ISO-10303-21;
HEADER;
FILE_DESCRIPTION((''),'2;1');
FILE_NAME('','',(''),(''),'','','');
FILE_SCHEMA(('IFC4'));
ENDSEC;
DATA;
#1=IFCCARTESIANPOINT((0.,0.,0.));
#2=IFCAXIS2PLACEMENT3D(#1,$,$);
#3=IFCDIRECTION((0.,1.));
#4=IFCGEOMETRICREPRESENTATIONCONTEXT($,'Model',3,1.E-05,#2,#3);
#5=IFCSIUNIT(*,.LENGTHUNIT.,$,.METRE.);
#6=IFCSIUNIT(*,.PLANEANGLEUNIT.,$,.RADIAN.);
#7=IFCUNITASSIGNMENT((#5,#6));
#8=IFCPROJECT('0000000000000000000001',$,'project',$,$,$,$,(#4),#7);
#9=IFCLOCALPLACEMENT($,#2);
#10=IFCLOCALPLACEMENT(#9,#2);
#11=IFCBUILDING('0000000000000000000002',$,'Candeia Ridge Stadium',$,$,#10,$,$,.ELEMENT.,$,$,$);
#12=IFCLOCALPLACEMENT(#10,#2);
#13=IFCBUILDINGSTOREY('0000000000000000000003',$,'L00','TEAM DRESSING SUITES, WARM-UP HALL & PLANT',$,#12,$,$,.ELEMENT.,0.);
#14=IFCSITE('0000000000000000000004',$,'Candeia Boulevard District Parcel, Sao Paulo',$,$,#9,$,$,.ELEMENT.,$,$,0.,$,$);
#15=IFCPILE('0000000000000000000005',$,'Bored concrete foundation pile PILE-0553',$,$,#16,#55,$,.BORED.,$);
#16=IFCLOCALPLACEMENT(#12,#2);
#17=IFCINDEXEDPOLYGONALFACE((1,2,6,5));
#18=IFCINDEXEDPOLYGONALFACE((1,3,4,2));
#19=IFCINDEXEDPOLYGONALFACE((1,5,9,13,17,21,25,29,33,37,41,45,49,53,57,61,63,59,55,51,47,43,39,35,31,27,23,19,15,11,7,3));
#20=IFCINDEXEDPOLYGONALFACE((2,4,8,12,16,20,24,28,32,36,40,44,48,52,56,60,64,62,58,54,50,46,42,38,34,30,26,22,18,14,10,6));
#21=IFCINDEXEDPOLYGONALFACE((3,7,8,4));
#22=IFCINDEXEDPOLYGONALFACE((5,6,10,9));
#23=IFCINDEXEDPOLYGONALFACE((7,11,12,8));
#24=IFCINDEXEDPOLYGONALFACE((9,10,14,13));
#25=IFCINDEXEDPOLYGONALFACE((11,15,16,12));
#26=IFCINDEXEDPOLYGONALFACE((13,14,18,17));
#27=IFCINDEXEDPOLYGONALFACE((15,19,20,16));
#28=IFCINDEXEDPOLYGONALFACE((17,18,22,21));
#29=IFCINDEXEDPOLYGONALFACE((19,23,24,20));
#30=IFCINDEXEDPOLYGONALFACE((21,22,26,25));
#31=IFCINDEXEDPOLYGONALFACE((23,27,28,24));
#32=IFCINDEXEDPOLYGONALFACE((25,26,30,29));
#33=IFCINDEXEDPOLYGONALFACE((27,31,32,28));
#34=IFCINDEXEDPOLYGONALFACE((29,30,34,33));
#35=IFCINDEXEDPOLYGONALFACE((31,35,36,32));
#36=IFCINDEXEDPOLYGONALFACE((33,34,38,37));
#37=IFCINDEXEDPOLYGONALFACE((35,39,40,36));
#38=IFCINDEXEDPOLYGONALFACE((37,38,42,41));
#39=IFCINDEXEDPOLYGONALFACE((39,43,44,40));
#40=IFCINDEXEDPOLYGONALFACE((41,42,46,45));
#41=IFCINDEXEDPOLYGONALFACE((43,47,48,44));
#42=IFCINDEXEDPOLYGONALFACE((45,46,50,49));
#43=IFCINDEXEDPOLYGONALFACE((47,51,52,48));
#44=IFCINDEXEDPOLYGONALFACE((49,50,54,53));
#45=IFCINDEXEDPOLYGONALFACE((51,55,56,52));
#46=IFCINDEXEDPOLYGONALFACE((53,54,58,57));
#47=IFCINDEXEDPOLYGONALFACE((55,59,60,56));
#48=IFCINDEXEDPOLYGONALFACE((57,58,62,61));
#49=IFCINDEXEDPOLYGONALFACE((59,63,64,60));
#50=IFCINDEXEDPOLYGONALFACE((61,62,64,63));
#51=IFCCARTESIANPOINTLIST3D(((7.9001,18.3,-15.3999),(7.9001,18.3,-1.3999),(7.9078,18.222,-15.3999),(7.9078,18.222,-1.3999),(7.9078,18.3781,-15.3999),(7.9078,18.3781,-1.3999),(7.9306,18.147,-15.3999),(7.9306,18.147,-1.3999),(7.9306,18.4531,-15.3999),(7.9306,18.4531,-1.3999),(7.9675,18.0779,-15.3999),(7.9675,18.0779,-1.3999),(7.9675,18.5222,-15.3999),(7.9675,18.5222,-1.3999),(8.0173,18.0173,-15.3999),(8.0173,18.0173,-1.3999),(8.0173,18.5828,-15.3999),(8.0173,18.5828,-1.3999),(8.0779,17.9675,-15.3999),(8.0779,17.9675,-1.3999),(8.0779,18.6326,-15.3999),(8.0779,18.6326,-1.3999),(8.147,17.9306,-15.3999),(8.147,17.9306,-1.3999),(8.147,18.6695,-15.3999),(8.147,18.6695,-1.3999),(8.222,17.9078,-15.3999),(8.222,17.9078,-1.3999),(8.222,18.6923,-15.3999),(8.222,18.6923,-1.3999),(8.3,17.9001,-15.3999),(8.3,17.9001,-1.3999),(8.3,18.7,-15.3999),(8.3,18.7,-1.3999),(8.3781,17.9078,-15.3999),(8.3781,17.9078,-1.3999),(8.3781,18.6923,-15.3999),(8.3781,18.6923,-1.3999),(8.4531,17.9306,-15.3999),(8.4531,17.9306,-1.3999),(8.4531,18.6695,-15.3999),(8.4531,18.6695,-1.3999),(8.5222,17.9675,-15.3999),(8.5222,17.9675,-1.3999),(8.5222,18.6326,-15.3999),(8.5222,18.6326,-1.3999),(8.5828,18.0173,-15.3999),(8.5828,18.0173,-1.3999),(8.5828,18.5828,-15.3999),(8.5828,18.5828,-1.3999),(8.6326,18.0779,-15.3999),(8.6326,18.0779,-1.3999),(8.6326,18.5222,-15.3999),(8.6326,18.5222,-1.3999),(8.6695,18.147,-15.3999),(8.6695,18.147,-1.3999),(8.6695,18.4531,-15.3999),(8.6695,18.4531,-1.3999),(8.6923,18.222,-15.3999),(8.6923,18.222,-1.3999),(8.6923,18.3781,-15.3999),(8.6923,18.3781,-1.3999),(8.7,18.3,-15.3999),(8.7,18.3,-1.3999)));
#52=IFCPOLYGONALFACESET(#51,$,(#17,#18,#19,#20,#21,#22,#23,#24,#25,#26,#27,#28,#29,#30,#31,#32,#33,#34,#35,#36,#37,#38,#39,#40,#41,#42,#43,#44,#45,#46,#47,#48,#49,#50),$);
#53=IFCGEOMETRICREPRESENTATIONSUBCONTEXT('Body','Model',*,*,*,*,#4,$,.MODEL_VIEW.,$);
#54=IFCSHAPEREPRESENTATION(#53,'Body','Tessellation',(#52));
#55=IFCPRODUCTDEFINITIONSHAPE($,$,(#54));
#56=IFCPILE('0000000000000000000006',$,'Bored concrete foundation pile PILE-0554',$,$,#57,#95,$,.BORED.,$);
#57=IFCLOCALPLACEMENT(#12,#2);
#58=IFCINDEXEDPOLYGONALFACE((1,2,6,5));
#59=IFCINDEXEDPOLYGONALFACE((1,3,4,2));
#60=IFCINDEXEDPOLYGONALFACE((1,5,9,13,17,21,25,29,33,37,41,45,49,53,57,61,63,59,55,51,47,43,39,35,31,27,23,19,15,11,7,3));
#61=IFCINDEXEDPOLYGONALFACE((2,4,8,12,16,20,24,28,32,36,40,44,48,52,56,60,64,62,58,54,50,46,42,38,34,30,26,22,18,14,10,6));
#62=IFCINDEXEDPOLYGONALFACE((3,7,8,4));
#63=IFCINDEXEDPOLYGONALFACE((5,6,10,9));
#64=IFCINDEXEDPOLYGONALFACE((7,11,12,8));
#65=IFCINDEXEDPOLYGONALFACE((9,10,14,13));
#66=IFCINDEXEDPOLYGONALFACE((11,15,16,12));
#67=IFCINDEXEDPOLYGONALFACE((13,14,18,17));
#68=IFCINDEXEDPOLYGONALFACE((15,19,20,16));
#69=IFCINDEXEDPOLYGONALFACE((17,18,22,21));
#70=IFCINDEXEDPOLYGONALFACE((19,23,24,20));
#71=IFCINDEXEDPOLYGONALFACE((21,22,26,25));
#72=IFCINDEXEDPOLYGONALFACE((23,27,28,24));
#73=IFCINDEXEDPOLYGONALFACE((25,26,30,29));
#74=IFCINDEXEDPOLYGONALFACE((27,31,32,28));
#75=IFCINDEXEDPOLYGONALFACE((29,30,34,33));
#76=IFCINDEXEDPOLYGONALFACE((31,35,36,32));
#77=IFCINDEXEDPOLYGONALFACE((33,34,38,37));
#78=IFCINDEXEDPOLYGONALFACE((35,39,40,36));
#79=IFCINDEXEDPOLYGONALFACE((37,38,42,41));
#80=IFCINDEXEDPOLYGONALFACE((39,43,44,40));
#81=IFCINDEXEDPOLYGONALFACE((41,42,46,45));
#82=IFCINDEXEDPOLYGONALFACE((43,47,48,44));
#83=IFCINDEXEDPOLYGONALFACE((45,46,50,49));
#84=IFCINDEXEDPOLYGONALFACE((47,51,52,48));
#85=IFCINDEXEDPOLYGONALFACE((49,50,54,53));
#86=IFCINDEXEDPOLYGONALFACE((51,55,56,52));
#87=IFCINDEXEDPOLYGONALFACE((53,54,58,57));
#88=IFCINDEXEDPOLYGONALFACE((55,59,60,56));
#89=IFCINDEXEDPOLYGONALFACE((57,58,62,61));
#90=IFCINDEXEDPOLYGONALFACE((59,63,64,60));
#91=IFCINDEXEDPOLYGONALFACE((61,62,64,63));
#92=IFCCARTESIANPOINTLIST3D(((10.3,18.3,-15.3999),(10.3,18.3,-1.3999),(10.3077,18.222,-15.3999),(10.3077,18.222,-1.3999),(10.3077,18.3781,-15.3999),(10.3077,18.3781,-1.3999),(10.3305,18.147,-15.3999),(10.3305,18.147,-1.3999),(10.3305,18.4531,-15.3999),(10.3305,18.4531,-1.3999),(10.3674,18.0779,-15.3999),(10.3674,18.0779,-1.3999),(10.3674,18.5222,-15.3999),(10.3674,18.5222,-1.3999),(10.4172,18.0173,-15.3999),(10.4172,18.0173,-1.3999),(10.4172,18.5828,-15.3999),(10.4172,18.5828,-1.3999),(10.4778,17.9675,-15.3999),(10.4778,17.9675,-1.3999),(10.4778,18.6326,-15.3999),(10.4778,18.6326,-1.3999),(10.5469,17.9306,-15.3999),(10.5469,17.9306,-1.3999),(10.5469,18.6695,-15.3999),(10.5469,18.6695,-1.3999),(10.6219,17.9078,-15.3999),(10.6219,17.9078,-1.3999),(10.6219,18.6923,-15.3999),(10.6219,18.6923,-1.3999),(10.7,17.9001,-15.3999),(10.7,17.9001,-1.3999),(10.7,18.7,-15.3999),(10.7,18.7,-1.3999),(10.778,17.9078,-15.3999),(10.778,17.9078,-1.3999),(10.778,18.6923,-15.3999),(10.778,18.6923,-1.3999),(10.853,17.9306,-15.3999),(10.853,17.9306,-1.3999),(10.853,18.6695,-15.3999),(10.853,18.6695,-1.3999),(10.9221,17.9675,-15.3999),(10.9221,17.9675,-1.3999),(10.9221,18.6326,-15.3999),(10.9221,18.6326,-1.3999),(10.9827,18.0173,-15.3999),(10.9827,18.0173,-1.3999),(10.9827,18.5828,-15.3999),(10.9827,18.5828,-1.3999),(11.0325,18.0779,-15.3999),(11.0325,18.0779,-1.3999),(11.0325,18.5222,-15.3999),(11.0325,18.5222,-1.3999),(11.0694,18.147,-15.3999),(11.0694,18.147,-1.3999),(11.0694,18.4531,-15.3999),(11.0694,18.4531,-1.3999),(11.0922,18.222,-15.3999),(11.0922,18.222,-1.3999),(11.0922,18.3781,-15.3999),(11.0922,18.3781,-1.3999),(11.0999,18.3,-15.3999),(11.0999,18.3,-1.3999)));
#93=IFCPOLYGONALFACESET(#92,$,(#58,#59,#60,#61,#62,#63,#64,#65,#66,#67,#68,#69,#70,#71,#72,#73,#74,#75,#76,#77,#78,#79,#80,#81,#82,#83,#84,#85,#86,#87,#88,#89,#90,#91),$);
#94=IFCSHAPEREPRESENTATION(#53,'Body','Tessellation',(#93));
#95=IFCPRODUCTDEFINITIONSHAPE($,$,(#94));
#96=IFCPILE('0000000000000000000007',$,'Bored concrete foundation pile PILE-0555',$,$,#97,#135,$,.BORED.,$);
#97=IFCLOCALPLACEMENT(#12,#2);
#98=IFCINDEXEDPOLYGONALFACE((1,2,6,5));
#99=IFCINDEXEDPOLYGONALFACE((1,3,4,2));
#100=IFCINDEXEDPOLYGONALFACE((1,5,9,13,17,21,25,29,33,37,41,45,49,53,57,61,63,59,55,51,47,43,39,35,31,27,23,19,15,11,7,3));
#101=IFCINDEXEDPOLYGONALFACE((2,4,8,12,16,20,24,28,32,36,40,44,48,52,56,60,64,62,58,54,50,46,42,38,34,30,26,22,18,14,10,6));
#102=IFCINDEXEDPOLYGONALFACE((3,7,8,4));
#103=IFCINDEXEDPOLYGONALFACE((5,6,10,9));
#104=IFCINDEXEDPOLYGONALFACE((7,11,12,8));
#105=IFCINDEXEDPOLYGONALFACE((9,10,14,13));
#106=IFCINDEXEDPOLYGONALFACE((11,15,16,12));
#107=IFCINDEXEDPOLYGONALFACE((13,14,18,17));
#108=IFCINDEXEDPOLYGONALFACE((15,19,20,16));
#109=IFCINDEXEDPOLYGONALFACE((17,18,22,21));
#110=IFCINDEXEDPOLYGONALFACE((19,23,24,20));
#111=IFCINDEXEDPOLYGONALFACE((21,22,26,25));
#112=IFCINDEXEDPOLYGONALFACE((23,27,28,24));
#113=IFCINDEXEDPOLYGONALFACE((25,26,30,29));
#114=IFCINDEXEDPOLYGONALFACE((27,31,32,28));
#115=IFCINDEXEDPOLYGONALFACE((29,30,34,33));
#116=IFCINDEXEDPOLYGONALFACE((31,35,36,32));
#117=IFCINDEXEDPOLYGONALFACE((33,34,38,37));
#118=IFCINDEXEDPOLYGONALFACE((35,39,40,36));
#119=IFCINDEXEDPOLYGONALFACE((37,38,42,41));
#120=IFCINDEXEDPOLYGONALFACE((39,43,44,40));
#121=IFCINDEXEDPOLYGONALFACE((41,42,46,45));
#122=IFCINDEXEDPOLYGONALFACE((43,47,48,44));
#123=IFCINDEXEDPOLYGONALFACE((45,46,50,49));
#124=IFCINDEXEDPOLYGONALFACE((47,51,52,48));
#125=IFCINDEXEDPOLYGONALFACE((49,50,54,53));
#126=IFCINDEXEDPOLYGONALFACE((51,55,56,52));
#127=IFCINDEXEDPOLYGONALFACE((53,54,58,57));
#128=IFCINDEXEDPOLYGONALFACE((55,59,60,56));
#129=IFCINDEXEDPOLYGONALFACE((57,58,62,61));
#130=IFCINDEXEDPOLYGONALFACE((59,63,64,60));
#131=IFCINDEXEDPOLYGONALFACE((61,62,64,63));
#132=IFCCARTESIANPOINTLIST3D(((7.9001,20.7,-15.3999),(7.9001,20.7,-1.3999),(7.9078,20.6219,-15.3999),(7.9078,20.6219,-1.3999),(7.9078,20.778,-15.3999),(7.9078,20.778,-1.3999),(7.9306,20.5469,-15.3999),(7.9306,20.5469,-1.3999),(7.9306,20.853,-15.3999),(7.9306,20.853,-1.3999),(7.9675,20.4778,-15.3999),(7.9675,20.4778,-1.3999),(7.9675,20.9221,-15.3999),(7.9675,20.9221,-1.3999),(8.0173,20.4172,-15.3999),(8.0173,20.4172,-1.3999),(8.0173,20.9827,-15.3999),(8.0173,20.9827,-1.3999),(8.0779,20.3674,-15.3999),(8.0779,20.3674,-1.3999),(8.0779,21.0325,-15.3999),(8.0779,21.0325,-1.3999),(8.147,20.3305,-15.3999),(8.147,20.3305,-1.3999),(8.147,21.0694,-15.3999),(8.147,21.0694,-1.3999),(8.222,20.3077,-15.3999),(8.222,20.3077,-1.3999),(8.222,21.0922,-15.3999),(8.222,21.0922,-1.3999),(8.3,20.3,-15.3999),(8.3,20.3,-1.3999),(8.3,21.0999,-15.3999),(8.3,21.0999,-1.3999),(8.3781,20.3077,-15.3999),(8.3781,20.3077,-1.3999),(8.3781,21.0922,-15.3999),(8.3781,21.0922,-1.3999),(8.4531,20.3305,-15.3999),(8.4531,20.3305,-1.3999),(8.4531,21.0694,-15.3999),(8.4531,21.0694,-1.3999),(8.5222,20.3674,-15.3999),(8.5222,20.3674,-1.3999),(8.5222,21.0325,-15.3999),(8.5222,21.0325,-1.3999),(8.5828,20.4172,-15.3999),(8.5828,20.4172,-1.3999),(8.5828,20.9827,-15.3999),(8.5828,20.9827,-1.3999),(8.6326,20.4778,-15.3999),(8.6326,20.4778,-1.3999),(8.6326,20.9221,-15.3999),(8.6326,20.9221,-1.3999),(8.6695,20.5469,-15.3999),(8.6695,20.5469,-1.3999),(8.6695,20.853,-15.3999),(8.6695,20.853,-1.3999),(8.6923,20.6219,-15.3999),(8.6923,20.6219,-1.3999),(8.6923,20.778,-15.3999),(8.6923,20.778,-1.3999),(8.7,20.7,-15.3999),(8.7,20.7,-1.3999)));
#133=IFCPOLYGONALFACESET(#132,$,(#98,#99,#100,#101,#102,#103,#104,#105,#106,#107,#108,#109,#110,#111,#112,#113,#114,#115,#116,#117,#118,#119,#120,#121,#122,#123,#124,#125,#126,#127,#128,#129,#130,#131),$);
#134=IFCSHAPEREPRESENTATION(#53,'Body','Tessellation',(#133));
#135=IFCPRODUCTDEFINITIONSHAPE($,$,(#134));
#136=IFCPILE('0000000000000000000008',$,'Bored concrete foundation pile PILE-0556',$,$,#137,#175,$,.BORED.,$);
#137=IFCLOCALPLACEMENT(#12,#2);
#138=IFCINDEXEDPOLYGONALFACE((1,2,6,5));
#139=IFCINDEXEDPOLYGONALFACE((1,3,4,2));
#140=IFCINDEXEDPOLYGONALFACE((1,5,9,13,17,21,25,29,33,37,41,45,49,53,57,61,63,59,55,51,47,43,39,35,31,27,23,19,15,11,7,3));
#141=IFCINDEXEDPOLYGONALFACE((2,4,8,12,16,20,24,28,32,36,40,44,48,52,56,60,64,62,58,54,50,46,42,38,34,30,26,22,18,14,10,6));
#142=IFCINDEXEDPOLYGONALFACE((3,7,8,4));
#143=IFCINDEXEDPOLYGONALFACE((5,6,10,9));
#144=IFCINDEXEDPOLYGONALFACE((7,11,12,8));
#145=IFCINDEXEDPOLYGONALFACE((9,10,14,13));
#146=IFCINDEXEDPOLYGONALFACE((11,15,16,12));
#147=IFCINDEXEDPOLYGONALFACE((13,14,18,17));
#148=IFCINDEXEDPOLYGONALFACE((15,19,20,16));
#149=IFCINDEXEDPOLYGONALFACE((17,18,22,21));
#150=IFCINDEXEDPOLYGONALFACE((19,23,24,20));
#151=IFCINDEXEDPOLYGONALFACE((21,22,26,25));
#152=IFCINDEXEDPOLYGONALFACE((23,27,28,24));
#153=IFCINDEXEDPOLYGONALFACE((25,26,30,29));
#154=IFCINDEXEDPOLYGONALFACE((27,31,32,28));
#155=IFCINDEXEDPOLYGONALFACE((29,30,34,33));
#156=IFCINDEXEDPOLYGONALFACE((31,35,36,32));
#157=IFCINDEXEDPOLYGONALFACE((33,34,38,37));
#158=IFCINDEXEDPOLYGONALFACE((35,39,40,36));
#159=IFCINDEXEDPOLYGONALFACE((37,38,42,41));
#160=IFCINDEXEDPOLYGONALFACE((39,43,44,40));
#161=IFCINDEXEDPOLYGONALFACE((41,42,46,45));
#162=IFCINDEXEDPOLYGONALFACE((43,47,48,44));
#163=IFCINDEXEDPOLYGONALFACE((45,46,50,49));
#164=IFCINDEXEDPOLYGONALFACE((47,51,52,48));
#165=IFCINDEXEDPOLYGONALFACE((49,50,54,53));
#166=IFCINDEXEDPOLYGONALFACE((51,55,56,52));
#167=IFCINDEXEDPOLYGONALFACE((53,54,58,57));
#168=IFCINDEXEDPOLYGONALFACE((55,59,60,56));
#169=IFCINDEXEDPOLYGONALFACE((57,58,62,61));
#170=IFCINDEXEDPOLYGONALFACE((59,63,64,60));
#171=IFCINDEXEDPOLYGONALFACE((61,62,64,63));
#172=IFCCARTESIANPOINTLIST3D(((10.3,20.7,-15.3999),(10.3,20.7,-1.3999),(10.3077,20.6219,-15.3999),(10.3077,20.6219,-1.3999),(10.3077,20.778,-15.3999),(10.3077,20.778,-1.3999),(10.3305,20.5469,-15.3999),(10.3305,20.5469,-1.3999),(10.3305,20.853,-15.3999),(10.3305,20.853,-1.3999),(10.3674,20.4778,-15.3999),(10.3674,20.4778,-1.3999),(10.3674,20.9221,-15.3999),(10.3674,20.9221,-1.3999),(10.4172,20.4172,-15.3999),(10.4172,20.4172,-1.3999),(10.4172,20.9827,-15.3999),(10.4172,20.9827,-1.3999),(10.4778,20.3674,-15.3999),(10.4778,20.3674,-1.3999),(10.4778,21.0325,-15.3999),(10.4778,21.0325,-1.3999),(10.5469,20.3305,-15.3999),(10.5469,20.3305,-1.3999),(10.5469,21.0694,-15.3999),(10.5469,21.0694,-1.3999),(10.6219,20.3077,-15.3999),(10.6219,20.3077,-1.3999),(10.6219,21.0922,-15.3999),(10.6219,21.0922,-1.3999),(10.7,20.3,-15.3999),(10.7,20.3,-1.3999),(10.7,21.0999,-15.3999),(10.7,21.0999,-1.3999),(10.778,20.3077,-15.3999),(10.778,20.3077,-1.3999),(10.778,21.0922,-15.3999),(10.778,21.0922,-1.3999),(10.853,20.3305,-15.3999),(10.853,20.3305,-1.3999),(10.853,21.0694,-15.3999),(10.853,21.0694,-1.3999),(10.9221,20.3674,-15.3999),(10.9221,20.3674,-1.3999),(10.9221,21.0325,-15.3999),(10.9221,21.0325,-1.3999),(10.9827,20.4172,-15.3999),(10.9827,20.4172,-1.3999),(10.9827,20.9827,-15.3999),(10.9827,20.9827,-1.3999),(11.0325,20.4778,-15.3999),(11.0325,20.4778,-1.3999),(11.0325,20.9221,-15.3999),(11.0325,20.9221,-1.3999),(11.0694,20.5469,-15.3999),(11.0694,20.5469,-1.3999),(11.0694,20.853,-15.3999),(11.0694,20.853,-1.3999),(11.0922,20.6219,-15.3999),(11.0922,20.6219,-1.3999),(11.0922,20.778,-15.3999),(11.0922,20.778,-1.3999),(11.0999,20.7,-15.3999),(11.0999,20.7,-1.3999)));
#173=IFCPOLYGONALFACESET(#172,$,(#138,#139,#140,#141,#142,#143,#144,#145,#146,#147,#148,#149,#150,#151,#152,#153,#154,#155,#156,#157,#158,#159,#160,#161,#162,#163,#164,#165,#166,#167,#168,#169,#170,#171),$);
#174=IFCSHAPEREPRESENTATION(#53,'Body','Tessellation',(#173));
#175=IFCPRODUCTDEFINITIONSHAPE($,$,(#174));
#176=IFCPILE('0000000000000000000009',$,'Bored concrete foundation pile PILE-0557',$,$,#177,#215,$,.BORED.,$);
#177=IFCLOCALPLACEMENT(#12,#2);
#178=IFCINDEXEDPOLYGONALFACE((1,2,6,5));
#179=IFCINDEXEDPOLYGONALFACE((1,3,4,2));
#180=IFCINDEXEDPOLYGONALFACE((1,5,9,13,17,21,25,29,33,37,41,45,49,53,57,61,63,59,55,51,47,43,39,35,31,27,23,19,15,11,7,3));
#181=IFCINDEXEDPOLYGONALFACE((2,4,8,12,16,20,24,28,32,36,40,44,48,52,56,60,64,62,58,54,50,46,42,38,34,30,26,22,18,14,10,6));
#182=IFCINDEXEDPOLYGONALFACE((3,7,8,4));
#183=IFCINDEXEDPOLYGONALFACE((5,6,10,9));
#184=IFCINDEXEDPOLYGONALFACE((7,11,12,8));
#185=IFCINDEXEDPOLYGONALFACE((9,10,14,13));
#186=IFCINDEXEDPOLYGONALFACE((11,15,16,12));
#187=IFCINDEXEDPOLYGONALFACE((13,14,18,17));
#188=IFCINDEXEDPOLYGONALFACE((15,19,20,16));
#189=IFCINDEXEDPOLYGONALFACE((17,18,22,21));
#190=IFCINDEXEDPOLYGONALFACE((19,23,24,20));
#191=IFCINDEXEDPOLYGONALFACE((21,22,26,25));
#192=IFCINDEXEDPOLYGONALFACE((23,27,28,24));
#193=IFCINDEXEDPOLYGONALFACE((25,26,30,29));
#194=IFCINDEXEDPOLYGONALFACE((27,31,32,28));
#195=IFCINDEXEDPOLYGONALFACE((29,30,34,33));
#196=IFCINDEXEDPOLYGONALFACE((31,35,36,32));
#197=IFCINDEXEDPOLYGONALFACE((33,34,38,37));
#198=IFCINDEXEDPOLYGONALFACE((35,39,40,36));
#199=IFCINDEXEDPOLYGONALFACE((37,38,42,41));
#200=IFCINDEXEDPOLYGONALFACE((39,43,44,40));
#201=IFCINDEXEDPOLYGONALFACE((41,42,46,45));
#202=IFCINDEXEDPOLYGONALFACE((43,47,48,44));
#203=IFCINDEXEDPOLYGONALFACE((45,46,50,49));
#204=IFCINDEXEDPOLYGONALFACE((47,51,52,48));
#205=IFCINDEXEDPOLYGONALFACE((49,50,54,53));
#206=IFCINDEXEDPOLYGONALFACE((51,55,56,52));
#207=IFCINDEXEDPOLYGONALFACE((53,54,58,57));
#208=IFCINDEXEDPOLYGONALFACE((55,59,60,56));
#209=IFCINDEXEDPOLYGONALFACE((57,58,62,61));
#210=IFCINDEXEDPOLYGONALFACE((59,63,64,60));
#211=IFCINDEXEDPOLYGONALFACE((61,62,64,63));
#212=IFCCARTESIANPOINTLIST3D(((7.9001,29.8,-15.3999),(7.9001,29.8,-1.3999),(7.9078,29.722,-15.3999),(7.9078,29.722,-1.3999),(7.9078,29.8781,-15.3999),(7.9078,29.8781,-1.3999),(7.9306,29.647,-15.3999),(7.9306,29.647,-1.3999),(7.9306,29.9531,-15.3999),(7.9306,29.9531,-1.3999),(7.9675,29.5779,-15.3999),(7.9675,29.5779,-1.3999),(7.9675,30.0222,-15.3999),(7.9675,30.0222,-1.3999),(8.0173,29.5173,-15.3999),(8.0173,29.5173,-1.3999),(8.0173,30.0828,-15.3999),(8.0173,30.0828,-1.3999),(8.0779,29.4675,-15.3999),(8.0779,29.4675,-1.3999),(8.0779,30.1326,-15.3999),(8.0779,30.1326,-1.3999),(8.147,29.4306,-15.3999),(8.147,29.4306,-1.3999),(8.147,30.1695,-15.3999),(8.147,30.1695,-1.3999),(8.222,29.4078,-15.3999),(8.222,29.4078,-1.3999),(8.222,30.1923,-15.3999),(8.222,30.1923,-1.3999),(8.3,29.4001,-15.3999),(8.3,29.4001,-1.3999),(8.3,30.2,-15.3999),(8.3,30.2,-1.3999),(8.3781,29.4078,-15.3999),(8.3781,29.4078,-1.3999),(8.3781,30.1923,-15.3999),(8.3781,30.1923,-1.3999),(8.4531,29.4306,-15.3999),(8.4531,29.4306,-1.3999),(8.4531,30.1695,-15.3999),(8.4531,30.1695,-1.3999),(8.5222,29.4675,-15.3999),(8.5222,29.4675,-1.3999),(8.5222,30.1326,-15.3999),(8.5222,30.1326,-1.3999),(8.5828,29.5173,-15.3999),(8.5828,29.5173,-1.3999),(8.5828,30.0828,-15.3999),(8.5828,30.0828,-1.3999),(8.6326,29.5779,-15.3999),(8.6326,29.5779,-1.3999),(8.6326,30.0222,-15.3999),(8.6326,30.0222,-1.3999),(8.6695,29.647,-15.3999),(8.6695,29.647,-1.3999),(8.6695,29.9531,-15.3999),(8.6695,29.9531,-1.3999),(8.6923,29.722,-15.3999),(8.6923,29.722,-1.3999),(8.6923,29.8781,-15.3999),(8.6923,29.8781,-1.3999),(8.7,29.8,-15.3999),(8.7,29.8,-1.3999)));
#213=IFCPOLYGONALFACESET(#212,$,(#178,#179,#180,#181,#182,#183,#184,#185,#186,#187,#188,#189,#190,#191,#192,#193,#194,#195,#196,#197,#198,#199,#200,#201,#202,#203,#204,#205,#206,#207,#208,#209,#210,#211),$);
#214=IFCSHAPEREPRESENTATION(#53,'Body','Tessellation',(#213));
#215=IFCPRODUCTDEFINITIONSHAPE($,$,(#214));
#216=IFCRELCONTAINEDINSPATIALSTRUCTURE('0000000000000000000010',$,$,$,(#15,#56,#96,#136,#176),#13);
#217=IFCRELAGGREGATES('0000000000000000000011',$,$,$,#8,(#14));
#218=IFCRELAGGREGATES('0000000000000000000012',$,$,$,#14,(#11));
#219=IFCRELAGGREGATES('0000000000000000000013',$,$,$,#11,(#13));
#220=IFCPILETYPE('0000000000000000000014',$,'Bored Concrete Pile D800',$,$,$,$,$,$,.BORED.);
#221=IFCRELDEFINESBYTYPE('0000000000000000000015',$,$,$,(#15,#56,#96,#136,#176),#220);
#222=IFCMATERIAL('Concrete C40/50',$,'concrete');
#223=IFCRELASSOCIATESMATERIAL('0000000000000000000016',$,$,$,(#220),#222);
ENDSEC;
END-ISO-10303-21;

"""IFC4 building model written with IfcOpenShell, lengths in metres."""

from ifc_helpers import new_model, si_unit, direction, frame, origin, origin_2d, place, context, subcontext, project, spatial, circle, extrude, material, material_profile, profile_set, type_object, element, save


model = new_model("IFC4")

# Units and contexts
model_context = context("Model", 3, precision=1e-05, world=origin(), true_north=direction((0.0, 1.0)))
body_context = subcontext(model_context, "Body", "Model", "MODEL_VIEW")
ifc_project = project(units=[si_unit("LENGTHUNIT", "METRE"), si_unit("PLANEANGLEUNIT", "RADIAN")], contexts=[model_context])

# Site, building, storey
site_placement = place(None, origin())
site = spatial("IfcSite", under=ifc_project, at=site_placement, Name="Candeia Boulevard District Parcel, Sao Paulo", CompositionType="ELEMENT", RefElevation=0.0)
building_placement = place(site_placement, origin())
building = spatial("IfcBuilding", under=site, at=building_placement, Name="Candeia Ridge Stadium", CompositionType="ELEMENT")
storey_placement = place(building_placement, origin())
storey = spatial("IfcBuildingStorey", under=building, at=storey_placement, Name="L00", Description="TEAM DRESSING SUITES, WARM-UP HALL & PLANT", CompositionType="ELEMENT", Elevation=0.0)

# Piles
ifc_material_1 = material(Name="Concrete C40/50", Category="concrete")
ifc_material_profile_1 = material_profile(ifc_material_1, circle(Radius=0.3999, at=origin_2d()), Name="PILE-D800", Category="concrete")
ifc_profile_set_1 = profile_set([ifc_material_profile_1], Name="Concrete C40/50")
pile_type = type_object("IfcPileType", Name="Bored Concrete Pile D800", PredefinedType="BORED", material=ifc_profile_set_1)
for number, where, z_axis, x_axis, name in (
    (1, (8.3, 18.3, -1.3999), (0.0, 0.0, -1.0), (1.0, 0.0, 0.0), "Bored concrete foundation pile PILE-0553"),
    (2, (10.7, 18.3, -1.3999), (0.0, 0.0, -1.0), (1.0, 0.0, 0.0), "Bored concrete foundation pile PILE-0554"),
    (3, (8.3, 20.7, -1.3999), (0.0, 0.0, -1.0), (1.0, 0.0, 0.0), "Bored concrete foundation pile PILE-0555"),
    (4, (10.7, 20.7, -1.3999), (0.0, 0.0, -1.0), (1.0, 0.0, 0.0), "Bored concrete foundation pile PILE-0556"),
    (5, (8.3, 29.8, -1.3999), (0.0, 0.0, -1.0), (1.0, 0.0, 0.0), "Bored concrete foundation pile PILE-0557"),
):
    element("IfcPile", number, at=place(storey_placement, frame(where, z_axis=z_axis, x_axis=x_axis)), inside=storey, type_object=pile_type, Name=name, PredefinedType="BORED", context=body_context, shape_type="SweptSolid", body=[
        extrude(circle(Radius=0.3999, at=origin_2d()), origin(), (0.0, 0.0, 1.0), 14.0),
    ])

save(model, "model.ifc")
